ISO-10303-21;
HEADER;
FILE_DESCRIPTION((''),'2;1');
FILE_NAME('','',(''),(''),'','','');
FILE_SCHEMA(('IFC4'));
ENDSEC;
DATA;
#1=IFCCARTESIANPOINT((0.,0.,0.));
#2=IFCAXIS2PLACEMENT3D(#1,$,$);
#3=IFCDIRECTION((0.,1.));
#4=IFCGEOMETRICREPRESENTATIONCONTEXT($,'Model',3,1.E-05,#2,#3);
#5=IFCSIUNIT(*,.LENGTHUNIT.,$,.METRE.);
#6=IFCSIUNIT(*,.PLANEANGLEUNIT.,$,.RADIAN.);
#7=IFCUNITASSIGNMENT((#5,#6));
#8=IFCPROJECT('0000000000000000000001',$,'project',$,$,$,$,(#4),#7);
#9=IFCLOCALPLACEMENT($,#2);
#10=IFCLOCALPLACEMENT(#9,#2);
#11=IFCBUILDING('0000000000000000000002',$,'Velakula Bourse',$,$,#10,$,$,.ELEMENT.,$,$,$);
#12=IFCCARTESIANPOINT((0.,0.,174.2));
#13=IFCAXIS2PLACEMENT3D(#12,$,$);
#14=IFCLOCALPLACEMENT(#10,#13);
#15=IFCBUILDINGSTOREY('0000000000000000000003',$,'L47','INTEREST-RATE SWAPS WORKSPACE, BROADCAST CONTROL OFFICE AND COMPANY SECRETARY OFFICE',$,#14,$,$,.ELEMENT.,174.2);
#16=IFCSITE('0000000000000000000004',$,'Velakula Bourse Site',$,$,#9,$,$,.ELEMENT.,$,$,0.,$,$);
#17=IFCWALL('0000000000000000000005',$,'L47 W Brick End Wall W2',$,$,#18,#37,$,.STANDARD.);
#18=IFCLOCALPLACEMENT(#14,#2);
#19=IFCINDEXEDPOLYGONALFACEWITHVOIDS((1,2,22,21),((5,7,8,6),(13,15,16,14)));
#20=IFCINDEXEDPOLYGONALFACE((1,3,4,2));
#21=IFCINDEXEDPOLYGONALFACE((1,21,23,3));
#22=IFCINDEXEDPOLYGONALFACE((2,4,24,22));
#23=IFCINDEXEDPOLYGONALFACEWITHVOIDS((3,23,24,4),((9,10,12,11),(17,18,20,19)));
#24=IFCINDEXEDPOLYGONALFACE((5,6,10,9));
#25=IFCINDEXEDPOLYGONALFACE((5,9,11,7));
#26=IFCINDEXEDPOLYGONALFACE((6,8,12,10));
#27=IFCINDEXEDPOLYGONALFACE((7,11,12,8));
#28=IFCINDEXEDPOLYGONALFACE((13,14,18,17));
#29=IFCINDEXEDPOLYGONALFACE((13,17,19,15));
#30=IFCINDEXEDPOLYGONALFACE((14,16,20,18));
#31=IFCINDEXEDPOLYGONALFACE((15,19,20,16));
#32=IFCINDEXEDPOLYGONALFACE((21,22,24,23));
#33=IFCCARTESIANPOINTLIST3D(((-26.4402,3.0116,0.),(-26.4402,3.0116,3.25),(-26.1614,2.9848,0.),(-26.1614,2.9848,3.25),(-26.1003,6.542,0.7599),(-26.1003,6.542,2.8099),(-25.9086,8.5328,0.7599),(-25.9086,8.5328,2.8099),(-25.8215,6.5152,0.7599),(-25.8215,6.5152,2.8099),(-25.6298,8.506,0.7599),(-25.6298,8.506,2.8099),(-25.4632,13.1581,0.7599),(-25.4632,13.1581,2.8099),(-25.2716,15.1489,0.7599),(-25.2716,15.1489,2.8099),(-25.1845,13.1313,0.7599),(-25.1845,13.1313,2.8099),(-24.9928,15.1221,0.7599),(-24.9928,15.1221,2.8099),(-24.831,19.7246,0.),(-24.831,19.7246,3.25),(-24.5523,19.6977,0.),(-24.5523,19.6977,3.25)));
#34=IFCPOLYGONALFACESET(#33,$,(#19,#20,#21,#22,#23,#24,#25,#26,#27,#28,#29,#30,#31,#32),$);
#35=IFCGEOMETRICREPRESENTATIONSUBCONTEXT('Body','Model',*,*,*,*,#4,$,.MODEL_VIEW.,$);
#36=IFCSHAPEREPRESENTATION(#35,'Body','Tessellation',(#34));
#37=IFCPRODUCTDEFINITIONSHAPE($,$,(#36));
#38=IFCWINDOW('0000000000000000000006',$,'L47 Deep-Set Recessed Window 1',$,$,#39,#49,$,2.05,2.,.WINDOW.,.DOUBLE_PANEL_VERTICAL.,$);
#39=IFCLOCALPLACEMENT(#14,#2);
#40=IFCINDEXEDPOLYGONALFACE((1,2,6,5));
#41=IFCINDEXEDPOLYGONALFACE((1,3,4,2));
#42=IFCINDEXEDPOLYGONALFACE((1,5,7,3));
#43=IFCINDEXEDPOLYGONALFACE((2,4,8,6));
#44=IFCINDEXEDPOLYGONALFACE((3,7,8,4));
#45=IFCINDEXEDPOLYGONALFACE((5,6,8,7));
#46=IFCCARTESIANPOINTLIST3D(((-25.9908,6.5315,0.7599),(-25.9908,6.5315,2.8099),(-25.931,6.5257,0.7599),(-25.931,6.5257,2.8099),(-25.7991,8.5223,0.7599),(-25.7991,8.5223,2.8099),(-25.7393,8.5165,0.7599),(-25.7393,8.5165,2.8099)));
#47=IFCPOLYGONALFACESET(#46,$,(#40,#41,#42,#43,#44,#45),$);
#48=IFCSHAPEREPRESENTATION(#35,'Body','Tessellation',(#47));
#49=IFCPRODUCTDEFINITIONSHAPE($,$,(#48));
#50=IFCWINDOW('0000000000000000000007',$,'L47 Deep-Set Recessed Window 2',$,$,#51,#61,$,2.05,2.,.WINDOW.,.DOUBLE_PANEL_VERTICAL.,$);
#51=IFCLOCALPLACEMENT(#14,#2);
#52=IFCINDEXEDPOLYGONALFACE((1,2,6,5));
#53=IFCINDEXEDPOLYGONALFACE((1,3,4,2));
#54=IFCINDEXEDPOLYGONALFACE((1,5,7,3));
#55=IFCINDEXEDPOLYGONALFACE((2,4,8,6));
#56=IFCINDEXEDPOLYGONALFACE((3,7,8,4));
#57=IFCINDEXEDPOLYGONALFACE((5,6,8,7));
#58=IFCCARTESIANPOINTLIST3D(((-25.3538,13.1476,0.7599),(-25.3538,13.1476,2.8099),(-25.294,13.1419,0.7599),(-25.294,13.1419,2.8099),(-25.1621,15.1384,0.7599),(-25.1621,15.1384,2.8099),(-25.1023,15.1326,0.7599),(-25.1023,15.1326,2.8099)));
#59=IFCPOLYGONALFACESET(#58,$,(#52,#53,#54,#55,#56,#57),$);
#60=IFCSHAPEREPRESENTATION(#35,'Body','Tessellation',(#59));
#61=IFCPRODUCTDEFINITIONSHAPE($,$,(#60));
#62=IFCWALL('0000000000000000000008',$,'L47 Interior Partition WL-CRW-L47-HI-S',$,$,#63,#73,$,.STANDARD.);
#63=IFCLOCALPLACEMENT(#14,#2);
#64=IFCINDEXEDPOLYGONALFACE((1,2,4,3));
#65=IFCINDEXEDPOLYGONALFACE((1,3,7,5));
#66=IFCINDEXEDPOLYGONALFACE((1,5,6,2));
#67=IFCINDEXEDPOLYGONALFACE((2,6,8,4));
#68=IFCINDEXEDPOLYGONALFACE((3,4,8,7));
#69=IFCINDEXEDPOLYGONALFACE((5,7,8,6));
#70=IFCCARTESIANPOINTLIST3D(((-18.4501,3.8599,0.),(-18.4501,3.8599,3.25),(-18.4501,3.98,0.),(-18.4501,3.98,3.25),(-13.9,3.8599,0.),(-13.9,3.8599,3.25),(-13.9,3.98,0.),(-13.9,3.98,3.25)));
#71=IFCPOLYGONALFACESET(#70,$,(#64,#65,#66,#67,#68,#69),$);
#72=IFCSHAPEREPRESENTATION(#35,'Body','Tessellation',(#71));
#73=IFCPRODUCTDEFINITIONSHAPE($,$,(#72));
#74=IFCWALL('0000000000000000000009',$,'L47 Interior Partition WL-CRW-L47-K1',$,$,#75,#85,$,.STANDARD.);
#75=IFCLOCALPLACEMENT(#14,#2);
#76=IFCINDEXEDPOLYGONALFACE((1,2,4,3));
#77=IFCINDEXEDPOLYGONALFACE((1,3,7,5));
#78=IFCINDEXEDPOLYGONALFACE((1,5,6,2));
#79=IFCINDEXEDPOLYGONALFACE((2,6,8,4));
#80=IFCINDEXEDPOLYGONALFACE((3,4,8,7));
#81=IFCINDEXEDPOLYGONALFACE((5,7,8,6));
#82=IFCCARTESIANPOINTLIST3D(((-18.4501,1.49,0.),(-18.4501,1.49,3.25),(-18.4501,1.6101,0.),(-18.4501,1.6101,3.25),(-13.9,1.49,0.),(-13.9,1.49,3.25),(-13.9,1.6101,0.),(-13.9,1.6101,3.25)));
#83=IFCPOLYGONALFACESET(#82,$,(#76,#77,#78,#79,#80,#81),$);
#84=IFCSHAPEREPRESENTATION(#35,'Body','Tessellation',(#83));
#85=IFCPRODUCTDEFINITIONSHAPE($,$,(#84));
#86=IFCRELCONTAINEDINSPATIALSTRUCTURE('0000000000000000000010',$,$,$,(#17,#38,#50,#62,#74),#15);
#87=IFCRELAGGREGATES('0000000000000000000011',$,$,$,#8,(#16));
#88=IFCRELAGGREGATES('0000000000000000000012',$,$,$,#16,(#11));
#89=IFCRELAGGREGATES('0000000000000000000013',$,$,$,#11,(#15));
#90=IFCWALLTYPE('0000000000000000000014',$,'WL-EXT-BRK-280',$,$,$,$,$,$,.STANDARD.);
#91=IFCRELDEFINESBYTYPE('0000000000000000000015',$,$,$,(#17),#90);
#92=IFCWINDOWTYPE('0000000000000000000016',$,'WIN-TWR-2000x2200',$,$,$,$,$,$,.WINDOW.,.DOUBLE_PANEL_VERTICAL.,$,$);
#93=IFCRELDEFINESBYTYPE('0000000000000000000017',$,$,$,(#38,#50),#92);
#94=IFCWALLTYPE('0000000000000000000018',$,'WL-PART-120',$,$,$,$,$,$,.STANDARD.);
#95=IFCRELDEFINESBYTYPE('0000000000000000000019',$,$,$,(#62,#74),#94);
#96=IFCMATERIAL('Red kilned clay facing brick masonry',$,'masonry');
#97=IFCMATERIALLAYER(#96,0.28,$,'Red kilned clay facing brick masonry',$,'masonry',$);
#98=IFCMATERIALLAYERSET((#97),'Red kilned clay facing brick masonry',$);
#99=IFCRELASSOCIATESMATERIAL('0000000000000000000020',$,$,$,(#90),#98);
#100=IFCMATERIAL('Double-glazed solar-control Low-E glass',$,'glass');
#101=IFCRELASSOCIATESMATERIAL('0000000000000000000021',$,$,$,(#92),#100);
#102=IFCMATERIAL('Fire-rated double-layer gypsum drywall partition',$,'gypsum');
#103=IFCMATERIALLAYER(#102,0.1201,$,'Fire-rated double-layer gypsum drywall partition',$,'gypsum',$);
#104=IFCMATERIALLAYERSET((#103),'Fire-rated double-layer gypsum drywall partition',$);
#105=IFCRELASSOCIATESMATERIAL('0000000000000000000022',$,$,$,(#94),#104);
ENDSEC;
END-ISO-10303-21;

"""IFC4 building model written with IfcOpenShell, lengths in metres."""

from ifc_helpers import new_model, si_unit, direction, frame, frame_2d, origin, place, context, subcontext, project, spatial, rectangle, extrude, material, layer, layer_set, type_object, element, fill, save


model = new_model("IFC4")

# Units and contexts
model_context = context("Model", 3, precision=1e-05, world=origin(), true_north=direction((0.0, 1.0)))
body_context = subcontext(model_context, "Body", "Model", "MODEL_VIEW")
ifc_project = project(units=[si_unit("LENGTHUNIT", "METRE"), si_unit("PLANEANGLEUNIT", "RADIAN")], contexts=[model_context])

# Site, building, storey
site_placement = place(None, origin())
site = spatial("IfcSite", under=ifc_project, at=site_placement, Name="Velakula Bourse Site", CompositionType="ELEMENT", RefElevation=0.0)
building_placement = place(site_placement, origin())
building = spatial("IfcBuilding", under=site, at=building_placement, Name="Velakula Bourse", CompositionType="ELEMENT")
storey_placement = place(building_placement, frame((0.0, 0.0, 174.2)))
storey = spatial("IfcBuildingStorey", under=building, at=storey_placement, Name="L47", Description="INTEREST-RATE SWAPS WORKSPACE, BROADCAST CONTROL OFFICE AND COMPANY SECRETARY OFFICE", CompositionType="ELEMENT", Elevation=174.2)

# Wall, openings, windows
ifc_material_1 = material(Name="Red kilned clay facing brick masonry", Category="masonry")
ifc_layer_1 = layer(ifc_material_1, 0.28, Name="Red kilned clay facing brick masonry", Category="masonry")
ifc_layer_set_1 = layer_set([ifc_layer_1], Name="Red kilned clay facing brick masonry")
wall_type_1 = type_object("IfcWallType", Name="WL-EXT-BRK-280", PredefinedType="STANDARD", material=ifc_layer_set_1)
wall_1_placement = place(storey_placement, frame((-26.3008, 2.9983, 0.0), z_axis=(0.0, 0.0, 1.0), x_axis=(0.095838, 0.995397, 0.0)))
wall_1 = element("IfcWall", 1, at=wall_1_placement, inside=storey, type_object=wall_type_1, Name="L47 W Brick End Wall W2", PredefinedType="STANDARD", context=body_context, shape_type="SweptSolid", body=[
    extrude(rectangle(XDim=16.7903, YDim=0.28, at=frame_2d((8.395, 0.0))), origin(), (0.0, 0.0, 1.0), 3.25),
])
opening_1_placement = place(wall_1_placement, frame((3.5466, 0.0, 0.76)))
opening_1 = element("IfcOpeningElement", 2, at=opening_1_placement, cuts=wall_1, PredefinedType="OPENING", context=body_context, shape_type="SweptSolid", body=[
    extrude(rectangle(XDim=2.0, YDim=2.05, at=frame_2d((1.0, 1.0249))), frame((0.0, 0.1499, 0.0), z_axis=(0.0, -1.0, 0.0), x_axis=(1.0, 0.0, 0.0)), (0.0, 0.0, 1.0), 0.3),
])
opening_2_placement = place(wall_1_placement, frame((10.1934, 0.0, 0.76)))
opening_2 = element("IfcOpeningElement", 3, at=opening_2_placement, cuts=wall_1, PredefinedType="OPENING", context=body_context, shape_type="SweptSolid", body=[
    extrude(rectangle(XDim=2.0, YDim=2.05, at=frame_2d((1.0, 1.0249))), frame((0.0, 0.1499, 0.0), z_axis=(0.0, -1.0, 0.0), x_axis=(1.0, 0.0, 0.0)), (0.0, 0.0, 1.0), 0.3),
])
ifc_material_2 = material(Name="Double-glazed solar-control Low-E glass", Category="glass")
window_type = type_object("IfcWindowType", Name="WIN-TWR-2000x2200", PartitioningType="DOUBLE_PANEL_VERTICAL", PredefinedType="WINDOW", material=ifc_material_2)
window_1_placement = place(opening_1_placement, origin())
window_1 = element("IfcWindow", 4, at=window_1_placement, inside=storey, type_object=window_type, Name="L47 Deep-Set Recessed Window 1", OverallHeight=2.05, OverallWidth=2.0, PartitioningType="DOUBLE_PANEL_VERTICAL", PredefinedType="WINDOW", context=body_context, shape_type="SweptSolid", body=[
    extrude(rectangle(XDim=2.0, YDim=2.05, at=frame_2d((1.0, 1.0249))), frame((0.0, 0.03, 0.0), z_axis=(0.0, -1.0, 0.0), x_axis=(1.0, 0.0, 0.0)), (0.0, 0.0, 1.0), 0.0601),
])
fill(opening_1, window_1)
window_2_placement = place(opening_2_placement, origin())
window_2 = element("IfcWindow", 5, at=window_2_placement, inside=storey, type_object=window_type, Name="L47 Deep-Set Recessed Window 2", OverallHeight=2.05, OverallWidth=2.0, PartitioningType="DOUBLE_PANEL_VERTICAL", PredefinedType="WINDOW", context=body_context, shape_type="SweptSolid", body=[
    extrude(rectangle(XDim=2.0, YDim=2.05, at=frame_2d((1.0, 1.0249))), frame((0.0, 0.03, 0.0), z_axis=(0.0, -1.0, 0.0), x_axis=(1.0, 0.0, 0.0)), (0.0, 0.0, 1.0), 0.0601),
])
fill(opening_2, window_2)

# Walls
ifc_material_3 = material(Name="Fire-rated double-layer gypsum drywall partition", Category="gypsum")
ifc_layer_2 = layer(ifc_material_3, 0.1201, Name="Fire-rated double-layer gypsum drywall partition", Category="gypsum")
ifc_layer_set_2 = layer_set([ifc_layer_2], Name="Fire-rated double-layer gypsum drywall partition")
wall_type_2 = type_object("IfcWallType", Name="WL-PART-120", PredefinedType="STANDARD", material=ifc_layer_set_2)
for number, where, z_axis, x_axis, name in (
    (6, (-18.45, 3.9199, 0.0), (0.0, 0.0, 1.0), (1.0, 0.0, 0.0), "L47 Interior Partition WL-CRW-L47-HI-S"),
    (7, (-18.45, 1.55, 0.0), (0.0, 0.0, 1.0), (1.0, 0.0, 0.0), "L47 Interior Partition WL-CRW-L47-K1"),
):
    element("IfcWall", number, at=place(storey_placement, frame(where, z_axis=z_axis, x_axis=x_axis)), inside=storey, type_object=wall_type_2, Name=name, PredefinedType="STANDARD", context=body_context, shape_type="SweptSolid", body=[
        extrude(rectangle(XDim=4.55, YDim=0.1201, at=frame_2d((2.2749, 0.0))), origin(), (0.0, 0.0, 1.0), 3.25),
    ])

save(model, "model.ifc")
